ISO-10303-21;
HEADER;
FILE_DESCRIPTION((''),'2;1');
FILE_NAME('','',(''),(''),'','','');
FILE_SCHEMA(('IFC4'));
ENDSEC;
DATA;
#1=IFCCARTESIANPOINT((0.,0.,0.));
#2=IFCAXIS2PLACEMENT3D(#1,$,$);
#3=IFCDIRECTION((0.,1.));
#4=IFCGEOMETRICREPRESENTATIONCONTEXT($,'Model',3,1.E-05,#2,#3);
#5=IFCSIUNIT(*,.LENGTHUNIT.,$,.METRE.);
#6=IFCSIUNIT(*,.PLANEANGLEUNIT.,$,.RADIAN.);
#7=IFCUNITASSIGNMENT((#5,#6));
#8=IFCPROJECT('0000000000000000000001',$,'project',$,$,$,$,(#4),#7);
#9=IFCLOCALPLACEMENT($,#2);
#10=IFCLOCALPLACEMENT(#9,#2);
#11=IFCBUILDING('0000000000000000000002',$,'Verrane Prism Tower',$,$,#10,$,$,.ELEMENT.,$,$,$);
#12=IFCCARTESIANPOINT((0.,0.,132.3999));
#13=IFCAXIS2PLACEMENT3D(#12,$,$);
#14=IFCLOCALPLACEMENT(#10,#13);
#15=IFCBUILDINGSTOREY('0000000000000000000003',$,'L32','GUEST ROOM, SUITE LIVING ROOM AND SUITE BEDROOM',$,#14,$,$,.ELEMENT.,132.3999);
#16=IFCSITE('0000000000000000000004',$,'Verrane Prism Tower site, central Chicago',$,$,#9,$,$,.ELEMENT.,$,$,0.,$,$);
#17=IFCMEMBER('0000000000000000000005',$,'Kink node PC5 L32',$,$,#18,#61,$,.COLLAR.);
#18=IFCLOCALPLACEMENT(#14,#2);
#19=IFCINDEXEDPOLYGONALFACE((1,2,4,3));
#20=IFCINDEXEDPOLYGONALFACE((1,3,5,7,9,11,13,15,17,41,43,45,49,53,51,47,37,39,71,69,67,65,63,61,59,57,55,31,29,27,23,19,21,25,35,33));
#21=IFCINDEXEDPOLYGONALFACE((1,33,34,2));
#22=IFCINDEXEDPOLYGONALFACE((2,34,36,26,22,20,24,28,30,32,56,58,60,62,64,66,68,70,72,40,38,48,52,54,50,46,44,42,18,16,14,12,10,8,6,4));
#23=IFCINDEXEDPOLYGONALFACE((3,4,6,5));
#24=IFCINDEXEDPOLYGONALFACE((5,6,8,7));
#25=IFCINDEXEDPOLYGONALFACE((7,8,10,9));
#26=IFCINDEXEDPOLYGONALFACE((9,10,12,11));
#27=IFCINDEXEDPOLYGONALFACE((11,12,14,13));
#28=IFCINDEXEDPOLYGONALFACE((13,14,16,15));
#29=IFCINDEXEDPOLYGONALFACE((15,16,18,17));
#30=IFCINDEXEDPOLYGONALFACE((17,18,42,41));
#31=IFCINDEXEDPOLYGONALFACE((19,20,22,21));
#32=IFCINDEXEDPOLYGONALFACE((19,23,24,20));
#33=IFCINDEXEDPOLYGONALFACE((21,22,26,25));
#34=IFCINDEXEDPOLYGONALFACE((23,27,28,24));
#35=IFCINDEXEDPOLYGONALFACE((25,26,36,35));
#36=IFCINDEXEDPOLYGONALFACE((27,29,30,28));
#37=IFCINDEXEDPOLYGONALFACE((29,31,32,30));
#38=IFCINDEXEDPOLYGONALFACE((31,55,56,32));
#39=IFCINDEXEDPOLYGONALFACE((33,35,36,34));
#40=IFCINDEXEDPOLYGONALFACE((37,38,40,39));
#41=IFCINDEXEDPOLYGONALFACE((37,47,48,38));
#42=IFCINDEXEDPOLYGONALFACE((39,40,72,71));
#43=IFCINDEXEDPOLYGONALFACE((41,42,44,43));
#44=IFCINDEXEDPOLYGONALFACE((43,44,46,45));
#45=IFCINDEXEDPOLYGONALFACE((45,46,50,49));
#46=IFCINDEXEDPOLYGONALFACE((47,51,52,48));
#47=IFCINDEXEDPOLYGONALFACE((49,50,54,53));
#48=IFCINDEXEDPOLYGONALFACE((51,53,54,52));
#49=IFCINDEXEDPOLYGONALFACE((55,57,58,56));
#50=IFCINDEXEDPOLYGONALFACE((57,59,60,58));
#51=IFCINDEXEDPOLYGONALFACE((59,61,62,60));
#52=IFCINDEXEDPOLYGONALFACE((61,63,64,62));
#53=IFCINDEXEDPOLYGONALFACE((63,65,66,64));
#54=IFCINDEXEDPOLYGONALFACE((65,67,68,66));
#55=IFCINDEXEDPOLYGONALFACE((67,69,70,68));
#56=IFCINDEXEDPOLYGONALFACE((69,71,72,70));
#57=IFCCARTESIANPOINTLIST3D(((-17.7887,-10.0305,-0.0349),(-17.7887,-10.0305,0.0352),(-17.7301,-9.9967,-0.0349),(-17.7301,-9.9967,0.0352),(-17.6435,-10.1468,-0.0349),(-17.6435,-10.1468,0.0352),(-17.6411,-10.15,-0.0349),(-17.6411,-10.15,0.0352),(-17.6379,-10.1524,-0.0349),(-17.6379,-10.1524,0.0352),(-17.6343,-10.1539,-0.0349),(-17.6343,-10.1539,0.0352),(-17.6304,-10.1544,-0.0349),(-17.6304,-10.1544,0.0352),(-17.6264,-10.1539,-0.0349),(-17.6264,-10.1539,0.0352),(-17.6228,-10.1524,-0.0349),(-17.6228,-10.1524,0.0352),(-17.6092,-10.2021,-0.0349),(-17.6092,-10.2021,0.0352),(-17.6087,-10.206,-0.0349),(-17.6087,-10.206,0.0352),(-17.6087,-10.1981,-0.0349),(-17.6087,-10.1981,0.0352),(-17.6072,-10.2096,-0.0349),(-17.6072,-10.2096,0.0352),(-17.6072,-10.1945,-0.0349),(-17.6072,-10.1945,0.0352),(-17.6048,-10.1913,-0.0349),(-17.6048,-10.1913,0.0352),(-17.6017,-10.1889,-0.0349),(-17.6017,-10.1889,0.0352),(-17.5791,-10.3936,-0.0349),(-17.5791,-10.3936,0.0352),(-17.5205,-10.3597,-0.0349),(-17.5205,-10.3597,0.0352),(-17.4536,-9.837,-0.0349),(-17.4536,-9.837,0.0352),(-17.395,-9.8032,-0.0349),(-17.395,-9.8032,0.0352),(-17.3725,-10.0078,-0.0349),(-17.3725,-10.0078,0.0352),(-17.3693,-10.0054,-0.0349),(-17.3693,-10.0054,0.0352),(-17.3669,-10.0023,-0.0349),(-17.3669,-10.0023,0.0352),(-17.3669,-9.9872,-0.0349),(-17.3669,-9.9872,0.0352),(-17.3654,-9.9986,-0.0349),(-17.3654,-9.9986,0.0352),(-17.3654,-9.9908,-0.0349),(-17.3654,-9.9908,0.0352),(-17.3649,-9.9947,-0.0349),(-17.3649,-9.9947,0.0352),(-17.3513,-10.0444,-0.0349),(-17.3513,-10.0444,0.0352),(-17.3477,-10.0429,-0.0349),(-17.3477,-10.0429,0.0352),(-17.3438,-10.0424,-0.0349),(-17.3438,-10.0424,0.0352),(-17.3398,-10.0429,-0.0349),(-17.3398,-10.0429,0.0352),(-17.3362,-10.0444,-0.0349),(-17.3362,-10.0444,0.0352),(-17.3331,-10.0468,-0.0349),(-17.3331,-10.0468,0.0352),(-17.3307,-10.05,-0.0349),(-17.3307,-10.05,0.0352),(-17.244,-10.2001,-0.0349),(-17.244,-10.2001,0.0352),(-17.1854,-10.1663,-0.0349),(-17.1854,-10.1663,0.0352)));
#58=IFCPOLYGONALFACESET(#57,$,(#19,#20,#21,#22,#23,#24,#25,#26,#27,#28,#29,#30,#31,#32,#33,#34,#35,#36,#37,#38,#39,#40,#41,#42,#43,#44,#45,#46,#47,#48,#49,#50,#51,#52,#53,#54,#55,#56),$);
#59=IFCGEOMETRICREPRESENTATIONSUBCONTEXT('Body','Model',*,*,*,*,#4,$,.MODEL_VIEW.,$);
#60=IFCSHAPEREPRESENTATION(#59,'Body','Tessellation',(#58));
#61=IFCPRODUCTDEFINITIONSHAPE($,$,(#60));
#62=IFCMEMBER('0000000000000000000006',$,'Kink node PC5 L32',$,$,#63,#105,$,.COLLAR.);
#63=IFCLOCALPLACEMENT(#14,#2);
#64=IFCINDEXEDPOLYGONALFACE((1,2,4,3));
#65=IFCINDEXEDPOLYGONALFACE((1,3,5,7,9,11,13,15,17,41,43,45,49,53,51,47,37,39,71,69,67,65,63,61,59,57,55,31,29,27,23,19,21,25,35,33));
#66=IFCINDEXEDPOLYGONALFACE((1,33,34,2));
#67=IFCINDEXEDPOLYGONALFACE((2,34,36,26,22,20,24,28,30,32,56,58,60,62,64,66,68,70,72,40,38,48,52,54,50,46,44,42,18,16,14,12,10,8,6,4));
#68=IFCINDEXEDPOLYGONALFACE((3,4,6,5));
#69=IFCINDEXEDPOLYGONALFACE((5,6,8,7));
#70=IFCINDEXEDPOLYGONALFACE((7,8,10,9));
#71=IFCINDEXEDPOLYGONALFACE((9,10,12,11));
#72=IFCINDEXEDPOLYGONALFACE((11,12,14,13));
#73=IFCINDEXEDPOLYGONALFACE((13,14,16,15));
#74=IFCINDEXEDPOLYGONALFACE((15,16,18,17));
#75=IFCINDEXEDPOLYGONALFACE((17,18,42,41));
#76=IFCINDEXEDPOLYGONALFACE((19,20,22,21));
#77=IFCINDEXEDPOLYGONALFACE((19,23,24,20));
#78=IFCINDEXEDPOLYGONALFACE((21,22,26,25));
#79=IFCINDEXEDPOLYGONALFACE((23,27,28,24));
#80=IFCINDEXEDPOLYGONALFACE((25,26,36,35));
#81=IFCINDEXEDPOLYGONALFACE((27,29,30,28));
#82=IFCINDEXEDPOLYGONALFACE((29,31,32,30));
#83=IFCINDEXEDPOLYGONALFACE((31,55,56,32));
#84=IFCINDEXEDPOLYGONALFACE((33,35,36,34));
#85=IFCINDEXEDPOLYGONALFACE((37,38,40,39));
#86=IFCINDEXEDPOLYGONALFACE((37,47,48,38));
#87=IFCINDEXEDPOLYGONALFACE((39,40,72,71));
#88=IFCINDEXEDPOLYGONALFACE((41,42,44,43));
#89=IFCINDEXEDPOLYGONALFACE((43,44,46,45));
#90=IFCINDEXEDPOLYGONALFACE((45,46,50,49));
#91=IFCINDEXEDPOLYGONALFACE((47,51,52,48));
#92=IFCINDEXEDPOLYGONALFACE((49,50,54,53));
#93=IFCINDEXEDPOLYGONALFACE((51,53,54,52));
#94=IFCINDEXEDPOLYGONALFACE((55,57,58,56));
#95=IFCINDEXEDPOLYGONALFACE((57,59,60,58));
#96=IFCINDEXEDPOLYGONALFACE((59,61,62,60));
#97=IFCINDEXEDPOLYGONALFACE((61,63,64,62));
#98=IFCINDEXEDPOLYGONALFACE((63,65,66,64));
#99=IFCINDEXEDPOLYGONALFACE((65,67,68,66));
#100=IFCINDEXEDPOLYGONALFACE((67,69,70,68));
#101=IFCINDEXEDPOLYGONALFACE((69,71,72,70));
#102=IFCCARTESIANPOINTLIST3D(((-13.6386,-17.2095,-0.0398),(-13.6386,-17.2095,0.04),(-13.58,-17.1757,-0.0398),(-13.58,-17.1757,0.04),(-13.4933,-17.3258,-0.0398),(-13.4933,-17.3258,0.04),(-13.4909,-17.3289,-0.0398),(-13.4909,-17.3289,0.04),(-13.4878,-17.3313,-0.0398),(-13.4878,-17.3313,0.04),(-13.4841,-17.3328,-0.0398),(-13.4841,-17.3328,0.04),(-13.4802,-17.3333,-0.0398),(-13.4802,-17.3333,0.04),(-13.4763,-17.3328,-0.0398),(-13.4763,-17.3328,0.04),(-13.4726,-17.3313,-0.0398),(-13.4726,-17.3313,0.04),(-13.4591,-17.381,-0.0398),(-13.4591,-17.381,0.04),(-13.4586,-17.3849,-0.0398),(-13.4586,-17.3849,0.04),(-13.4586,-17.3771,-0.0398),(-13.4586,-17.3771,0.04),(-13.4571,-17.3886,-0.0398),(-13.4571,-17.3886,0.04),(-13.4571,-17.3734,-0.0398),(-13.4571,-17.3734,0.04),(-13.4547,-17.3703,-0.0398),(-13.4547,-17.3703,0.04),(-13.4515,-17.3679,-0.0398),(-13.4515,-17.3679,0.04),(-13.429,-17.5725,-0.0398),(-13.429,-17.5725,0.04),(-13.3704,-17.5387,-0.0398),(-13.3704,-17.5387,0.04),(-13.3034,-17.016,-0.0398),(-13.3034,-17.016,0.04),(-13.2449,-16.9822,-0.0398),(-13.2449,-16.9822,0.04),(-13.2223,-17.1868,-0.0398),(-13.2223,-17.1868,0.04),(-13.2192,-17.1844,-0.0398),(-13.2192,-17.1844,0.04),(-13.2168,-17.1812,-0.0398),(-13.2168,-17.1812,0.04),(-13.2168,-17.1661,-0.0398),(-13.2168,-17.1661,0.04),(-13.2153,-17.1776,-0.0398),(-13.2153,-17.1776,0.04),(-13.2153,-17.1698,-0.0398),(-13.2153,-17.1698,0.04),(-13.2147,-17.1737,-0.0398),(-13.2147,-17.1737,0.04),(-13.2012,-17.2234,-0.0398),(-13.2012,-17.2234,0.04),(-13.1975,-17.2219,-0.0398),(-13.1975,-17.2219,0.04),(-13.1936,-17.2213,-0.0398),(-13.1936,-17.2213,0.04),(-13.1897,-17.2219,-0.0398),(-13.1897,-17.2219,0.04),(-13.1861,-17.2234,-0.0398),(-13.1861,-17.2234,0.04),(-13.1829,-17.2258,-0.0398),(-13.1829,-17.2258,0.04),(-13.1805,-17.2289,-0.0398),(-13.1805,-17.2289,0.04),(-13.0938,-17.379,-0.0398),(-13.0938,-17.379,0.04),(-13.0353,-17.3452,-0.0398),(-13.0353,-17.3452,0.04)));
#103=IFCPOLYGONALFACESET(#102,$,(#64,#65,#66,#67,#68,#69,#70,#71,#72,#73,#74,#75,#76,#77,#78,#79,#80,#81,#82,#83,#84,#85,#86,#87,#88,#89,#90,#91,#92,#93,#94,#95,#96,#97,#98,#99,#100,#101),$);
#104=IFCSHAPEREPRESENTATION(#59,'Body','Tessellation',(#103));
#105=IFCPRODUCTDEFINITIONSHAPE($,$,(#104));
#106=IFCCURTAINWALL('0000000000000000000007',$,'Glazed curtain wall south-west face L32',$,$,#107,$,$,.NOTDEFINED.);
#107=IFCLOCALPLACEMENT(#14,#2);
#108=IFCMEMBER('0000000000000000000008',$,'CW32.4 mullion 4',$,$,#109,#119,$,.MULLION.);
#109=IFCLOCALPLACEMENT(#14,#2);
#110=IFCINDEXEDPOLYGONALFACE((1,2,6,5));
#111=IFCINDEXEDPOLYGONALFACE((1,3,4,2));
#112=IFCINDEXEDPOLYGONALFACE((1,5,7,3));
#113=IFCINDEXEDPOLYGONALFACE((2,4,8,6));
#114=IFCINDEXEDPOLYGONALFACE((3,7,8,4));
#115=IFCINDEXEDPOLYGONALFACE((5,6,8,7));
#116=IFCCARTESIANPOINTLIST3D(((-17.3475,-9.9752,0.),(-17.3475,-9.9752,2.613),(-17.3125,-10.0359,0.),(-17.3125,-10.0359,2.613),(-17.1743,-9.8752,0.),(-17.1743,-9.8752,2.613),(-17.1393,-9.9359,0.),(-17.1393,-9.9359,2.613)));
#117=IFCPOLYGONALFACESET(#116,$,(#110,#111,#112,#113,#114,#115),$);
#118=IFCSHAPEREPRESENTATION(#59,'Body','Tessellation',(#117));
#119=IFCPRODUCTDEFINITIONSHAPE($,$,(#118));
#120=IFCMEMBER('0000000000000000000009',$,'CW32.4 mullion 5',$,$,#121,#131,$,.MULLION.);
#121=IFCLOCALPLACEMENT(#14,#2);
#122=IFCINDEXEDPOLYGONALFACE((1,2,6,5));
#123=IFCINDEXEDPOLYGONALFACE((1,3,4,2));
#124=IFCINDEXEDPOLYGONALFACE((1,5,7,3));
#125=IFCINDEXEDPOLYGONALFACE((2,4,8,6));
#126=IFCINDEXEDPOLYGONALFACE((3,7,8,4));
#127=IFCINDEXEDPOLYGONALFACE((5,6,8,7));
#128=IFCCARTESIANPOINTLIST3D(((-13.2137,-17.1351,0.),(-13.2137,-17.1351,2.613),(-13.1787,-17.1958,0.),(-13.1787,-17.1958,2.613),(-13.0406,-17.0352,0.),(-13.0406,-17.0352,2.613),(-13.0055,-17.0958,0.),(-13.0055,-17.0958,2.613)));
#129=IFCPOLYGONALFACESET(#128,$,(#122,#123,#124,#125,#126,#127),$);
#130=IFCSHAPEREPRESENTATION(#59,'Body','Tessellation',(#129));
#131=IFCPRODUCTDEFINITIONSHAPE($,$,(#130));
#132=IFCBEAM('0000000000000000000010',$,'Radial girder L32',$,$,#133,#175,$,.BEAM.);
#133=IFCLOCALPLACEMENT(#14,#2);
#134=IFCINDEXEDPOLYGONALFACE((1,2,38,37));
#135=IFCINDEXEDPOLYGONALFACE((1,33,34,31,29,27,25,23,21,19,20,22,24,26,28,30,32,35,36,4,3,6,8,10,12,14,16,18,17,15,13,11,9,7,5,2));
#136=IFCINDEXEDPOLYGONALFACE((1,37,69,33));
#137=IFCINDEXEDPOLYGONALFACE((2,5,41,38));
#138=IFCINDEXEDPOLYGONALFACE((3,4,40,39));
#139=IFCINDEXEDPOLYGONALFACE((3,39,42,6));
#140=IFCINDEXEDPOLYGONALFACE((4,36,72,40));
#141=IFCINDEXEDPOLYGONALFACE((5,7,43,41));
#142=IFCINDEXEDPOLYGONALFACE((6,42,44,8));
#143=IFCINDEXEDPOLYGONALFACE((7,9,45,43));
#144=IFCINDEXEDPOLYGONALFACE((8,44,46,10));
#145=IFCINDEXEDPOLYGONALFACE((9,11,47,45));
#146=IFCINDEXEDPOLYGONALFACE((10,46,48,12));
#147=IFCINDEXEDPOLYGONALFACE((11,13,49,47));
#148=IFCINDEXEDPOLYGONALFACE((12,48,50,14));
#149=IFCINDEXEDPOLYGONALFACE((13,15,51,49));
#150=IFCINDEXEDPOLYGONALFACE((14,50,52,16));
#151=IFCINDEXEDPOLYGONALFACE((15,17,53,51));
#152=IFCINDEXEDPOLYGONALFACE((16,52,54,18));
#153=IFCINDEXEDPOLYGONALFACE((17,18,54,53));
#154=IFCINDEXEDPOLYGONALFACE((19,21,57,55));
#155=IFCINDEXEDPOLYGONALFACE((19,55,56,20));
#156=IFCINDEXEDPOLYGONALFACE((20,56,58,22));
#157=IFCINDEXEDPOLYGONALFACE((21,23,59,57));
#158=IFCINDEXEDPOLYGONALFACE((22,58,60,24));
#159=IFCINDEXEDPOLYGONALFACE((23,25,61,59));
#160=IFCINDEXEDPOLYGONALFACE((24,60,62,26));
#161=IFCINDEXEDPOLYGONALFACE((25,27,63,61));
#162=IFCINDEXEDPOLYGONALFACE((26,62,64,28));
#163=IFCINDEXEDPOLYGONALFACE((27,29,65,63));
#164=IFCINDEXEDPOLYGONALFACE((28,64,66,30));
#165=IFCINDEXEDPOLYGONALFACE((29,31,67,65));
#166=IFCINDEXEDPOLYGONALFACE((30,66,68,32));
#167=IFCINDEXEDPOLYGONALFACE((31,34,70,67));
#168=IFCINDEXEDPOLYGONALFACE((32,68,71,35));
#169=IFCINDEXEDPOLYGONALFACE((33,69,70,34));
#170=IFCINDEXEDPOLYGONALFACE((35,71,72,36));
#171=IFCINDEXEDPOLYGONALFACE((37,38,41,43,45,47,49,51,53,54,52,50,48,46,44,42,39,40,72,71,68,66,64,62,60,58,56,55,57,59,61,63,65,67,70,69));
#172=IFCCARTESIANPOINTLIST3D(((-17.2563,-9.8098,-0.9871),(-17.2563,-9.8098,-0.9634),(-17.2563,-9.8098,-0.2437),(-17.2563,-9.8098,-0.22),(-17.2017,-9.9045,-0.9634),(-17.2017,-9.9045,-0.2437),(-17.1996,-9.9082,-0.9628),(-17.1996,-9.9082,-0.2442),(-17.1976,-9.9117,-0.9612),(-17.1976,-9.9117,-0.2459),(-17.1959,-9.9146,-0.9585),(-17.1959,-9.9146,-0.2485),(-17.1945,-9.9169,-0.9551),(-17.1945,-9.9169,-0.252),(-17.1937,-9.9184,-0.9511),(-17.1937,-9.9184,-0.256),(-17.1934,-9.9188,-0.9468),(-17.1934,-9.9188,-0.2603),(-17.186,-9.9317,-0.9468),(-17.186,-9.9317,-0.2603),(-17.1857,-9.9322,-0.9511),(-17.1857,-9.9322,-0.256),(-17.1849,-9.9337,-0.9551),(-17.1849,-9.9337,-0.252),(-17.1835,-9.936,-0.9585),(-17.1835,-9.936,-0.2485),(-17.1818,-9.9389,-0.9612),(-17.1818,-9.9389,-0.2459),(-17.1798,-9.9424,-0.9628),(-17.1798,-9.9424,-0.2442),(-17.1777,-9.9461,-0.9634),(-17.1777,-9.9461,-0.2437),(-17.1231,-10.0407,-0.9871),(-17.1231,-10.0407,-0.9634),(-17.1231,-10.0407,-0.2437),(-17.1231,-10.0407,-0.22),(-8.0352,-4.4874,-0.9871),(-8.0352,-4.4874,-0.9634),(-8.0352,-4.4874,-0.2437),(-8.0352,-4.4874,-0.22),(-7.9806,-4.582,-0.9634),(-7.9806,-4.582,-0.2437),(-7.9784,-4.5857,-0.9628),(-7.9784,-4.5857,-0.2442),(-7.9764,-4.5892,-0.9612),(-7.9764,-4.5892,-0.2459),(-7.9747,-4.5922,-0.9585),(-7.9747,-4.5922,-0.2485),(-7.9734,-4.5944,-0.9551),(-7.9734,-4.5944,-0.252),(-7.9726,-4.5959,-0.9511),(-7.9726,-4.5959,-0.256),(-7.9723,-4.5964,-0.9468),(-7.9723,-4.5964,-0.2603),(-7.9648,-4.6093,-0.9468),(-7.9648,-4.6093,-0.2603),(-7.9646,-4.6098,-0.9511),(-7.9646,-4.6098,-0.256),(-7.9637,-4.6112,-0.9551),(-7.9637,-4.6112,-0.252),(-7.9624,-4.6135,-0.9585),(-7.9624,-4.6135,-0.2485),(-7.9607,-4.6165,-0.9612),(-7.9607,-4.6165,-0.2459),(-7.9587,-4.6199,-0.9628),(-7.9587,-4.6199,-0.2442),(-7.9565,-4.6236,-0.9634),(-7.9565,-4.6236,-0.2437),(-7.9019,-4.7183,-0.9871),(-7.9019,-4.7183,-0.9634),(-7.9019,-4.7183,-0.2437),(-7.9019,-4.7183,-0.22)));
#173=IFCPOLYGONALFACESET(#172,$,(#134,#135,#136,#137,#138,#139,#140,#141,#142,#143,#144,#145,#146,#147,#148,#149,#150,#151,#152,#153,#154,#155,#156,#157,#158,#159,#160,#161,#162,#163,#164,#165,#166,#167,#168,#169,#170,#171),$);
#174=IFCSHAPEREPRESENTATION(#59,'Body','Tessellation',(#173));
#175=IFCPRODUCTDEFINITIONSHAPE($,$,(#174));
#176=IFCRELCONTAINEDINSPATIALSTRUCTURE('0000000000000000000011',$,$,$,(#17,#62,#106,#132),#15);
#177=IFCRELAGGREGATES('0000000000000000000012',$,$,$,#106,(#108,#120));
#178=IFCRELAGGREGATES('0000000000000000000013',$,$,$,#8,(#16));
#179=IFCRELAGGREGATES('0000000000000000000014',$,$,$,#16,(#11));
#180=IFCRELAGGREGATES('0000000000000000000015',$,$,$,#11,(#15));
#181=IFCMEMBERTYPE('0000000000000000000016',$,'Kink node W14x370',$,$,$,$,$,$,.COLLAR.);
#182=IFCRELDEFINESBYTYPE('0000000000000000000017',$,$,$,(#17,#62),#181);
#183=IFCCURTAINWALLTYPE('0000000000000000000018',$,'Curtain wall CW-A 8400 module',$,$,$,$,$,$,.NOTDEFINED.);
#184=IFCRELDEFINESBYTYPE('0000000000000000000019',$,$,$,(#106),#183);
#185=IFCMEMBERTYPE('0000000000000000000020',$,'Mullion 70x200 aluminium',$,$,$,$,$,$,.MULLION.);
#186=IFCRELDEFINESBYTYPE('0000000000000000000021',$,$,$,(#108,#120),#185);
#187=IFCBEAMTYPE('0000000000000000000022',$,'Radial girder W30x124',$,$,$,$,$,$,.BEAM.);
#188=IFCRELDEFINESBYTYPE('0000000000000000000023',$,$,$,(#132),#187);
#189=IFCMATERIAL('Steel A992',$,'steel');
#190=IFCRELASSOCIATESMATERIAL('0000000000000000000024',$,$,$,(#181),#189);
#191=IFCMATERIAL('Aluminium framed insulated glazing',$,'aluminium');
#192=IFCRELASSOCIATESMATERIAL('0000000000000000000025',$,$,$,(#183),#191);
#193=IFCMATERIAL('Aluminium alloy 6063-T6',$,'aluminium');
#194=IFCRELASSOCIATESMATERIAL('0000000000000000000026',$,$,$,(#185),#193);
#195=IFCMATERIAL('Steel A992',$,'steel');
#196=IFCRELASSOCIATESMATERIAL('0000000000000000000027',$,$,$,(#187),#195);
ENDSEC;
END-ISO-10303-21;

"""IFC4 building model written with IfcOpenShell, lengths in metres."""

from ifc_helpers import new_model, si_unit, direction, frame, origin, origin_2d, place, context, subcontext, project, spatial, rectangle, i_section, extrude, material, material_profile, profile_set, type_object, element, aggregate, save


model = new_model("IFC4")

# Units and contexts
model_context = context("Model", 3, precision=1e-05, world=origin(), true_north=direction((0.0, 1.0)))
body_context = subcontext(model_context, "Body", "Model", "MODEL_VIEW")
ifc_project = project(units=[si_unit("LENGTHUNIT", "METRE"), si_unit("PLANEANGLEUNIT", "RADIAN")], contexts=[model_context])

# Site, building, storey
site_placement = place(None, origin())
site = spatial("IfcSite", under=ifc_project, at=site_placement, Name="Verrane Prism Tower site, central Chicago", CompositionType="ELEMENT", RefElevation=0.0)
building_placement = place(site_placement, origin())
building = spatial("IfcBuilding", under=site, at=building_placement, Name="Verrane Prism Tower", CompositionType="ELEMENT")
storey_placement = place(building_placement, frame((0.0, 0.0, 132.3999)))
storey = spatial("IfcBuildingStorey", under=building, at=storey_placement, Name="L32", Description="GUEST ROOM, SUITE LIVING ROOM AND SUITE BEDROOM", CompositionType="ELEMENT", Elevation=132.3999)

# Members
ifc_material_1 = material(Name="Steel A992", Category="steel")
ifc_material_profile_1 = material_profile(ifc_material_1, i_section(OverallWidth=0.4192, OverallDepth=0.4546, WebThickness=0.0422, FlangeThickness=0.0676, FilletRadius=0.0151, at=origin_2d()), Name="W14x370")
ifc_profile_set_1 = profile_set([ifc_material_profile_1], Name="Steel A992")
member_type_1 = type_object("IfcMemberType", Name="Kink node W14x370", PredefinedType="COLLAR", material=ifc_profile_set_1)
member_1_placement = place(storey_placement, frame((-17.4871, -10.0984, -0.0349), z_axis=(0.0, 0.0, 1.0), x_axis=(-0.5, 0.866025, 0.0)))
element("IfcMember", 1, at=member_1_placement, inside=storey, type_object=member_type_1, Name="Kink node PC5 L32", PredefinedType="COLLAR", context=body_context, shape_type="SweptSolid", body=[
    extrude(i_section(OverallWidth=0.4192, OverallDepth=0.4546, WebThickness=0.0422, FlangeThickness=0.0676, FilletRadius=0.0151, at=origin_2d()), origin(), (0.0, 0.0, 1.0), 0.0701),
])
member_2_placement = place(storey_placement, frame((-13.3369, -17.2773, -0.0398), z_axis=(0.0, 0.0, 1.0), x_axis=(-0.5, 0.866025, 0.0)))
element("IfcMember", 2, at=member_2_placement, inside=storey, type_object=member_type_1, Name="Kink node PC5 L32", PredefinedType="COLLAR", context=body_context, shape_type="SweptSolid", body=[
    extrude(i_section(OverallWidth=0.4192, OverallDepth=0.4546, WebThickness=0.0422, FlangeThickness=0.0676, FilletRadius=0.0151, at=origin_2d()), origin(), (0.0, 0.0, 1.0), 0.0798),
])

# Curtain wall, members
ifc_material_2 = material(Name="Aluminium framed insulated glazing", Category="aluminium")
curtain_wall_type = type_object("IfcCurtainWallType", Name="Curtain wall CW-A 8400 module", PredefinedType="NOTDEFINED", material=ifc_material_2)
curtain_wall_placement = place(storey_placement, origin())
curtain_wall = element("IfcCurtainWall", 3, at=curtain_wall_placement, inside=storey, type_object=curtain_wall_type, Name="Glazed curtain wall south-west face L32", PredefinedType="NOTDEFINED")
ifc_material_3 = material(Name="Aluminium alloy 6063-T6", Category="aluminium")
ifc_material_profile_2 = material_profile(ifc_material_3, rectangle(XDim=0.2, YDim=0.0701, at=origin_2d()), Name="Mullion 70x200 aluminium")
ifc_profile_set_2 = profile_set([ifc_material_profile_2], Name="Aluminium alloy 6063-T6")
member_type_2 = type_object("IfcMemberType", Name="Mullion 70x200 aluminium", PredefinedType="MULLION", material=ifc_profile_set_2)
member_3_placement = place(storey_placement, frame((-17.2434, -9.9556, 0.0), z_axis=(0.0, 0.0, 1.0), x_axis=(0.866025, 0.5, 0.0)))
member_3 = element("IfcMember", 4, at=member_3_placement, type_object=member_type_2, Name="CW32.4 mullion 4", PredefinedType="MULLION", context=body_context, shape_type="SweptSolid", body=[
    extrude(rectangle(XDim=0.2, YDim=0.0701, at=origin_2d()), origin(), (0.0, 0.0, 1.0), 2.613),
])
member_4_placement = place(storey_placement, frame((-13.1096, -17.1155, 0.0), z_axis=(0.0, 0.0, 1.0), x_axis=(0.866025, 0.5, 0.0)))
member_4 = element("IfcMember", 5, at=member_4_placement, type_object=member_type_2, Name="CW32.4 mullion 5", PredefinedType="MULLION", context=body_context, shape_type="SweptSolid", body=[
    extrude(rectangle(XDim=0.2, YDim=0.0701, at=origin_2d()), origin(), (0.0, 0.0, 1.0), 2.613),
])

# Beam
ifc_material_4 = material(Name="Steel A992", Category="steel")
ifc_material_profile_3 = material_profile(ifc_material_4, i_section(OverallWidth=0.2666, OverallDepth=0.7671, WebThickness=0.0149, FlangeThickness=0.0237, FilletRadius=0.0166, at=origin_2d()), Name="W30x124")
ifc_profile_set_3 = profile_set([ifc_material_profile_3], Name="Steel A992")
beam_type_1 = type_object("IfcBeamType", Name="Radial girder W30x124", PredefinedType="BEAM", material=ifc_profile_set_3)
beam_1_placement = place(storey_placement, frame((-17.1897, -9.9253, -0.6035), z_axis=(0.86608, 0.499905, 0.0), x_axis=(-0.499905, 0.86608, 0.0)))
element("IfcBeam", 6, at=beam_1_placement, inside=storey, type_object=beam_type_1, Name="Radial girder L32", PredefinedType="BEAM", context=body_context, shape_type="SweptSolid", body=[
    extrude(i_section(OverallWidth=0.2666, OverallDepth=0.7671, WebThickness=0.0149, FlangeThickness=0.0237, FilletRadius=0.0166, at=origin_2d()), origin(), (0.0, 0.0, 1.0), 10.647),
])

aggregate(curtain_wall, [member_3, member_4])

save(model, "model.ifc")
